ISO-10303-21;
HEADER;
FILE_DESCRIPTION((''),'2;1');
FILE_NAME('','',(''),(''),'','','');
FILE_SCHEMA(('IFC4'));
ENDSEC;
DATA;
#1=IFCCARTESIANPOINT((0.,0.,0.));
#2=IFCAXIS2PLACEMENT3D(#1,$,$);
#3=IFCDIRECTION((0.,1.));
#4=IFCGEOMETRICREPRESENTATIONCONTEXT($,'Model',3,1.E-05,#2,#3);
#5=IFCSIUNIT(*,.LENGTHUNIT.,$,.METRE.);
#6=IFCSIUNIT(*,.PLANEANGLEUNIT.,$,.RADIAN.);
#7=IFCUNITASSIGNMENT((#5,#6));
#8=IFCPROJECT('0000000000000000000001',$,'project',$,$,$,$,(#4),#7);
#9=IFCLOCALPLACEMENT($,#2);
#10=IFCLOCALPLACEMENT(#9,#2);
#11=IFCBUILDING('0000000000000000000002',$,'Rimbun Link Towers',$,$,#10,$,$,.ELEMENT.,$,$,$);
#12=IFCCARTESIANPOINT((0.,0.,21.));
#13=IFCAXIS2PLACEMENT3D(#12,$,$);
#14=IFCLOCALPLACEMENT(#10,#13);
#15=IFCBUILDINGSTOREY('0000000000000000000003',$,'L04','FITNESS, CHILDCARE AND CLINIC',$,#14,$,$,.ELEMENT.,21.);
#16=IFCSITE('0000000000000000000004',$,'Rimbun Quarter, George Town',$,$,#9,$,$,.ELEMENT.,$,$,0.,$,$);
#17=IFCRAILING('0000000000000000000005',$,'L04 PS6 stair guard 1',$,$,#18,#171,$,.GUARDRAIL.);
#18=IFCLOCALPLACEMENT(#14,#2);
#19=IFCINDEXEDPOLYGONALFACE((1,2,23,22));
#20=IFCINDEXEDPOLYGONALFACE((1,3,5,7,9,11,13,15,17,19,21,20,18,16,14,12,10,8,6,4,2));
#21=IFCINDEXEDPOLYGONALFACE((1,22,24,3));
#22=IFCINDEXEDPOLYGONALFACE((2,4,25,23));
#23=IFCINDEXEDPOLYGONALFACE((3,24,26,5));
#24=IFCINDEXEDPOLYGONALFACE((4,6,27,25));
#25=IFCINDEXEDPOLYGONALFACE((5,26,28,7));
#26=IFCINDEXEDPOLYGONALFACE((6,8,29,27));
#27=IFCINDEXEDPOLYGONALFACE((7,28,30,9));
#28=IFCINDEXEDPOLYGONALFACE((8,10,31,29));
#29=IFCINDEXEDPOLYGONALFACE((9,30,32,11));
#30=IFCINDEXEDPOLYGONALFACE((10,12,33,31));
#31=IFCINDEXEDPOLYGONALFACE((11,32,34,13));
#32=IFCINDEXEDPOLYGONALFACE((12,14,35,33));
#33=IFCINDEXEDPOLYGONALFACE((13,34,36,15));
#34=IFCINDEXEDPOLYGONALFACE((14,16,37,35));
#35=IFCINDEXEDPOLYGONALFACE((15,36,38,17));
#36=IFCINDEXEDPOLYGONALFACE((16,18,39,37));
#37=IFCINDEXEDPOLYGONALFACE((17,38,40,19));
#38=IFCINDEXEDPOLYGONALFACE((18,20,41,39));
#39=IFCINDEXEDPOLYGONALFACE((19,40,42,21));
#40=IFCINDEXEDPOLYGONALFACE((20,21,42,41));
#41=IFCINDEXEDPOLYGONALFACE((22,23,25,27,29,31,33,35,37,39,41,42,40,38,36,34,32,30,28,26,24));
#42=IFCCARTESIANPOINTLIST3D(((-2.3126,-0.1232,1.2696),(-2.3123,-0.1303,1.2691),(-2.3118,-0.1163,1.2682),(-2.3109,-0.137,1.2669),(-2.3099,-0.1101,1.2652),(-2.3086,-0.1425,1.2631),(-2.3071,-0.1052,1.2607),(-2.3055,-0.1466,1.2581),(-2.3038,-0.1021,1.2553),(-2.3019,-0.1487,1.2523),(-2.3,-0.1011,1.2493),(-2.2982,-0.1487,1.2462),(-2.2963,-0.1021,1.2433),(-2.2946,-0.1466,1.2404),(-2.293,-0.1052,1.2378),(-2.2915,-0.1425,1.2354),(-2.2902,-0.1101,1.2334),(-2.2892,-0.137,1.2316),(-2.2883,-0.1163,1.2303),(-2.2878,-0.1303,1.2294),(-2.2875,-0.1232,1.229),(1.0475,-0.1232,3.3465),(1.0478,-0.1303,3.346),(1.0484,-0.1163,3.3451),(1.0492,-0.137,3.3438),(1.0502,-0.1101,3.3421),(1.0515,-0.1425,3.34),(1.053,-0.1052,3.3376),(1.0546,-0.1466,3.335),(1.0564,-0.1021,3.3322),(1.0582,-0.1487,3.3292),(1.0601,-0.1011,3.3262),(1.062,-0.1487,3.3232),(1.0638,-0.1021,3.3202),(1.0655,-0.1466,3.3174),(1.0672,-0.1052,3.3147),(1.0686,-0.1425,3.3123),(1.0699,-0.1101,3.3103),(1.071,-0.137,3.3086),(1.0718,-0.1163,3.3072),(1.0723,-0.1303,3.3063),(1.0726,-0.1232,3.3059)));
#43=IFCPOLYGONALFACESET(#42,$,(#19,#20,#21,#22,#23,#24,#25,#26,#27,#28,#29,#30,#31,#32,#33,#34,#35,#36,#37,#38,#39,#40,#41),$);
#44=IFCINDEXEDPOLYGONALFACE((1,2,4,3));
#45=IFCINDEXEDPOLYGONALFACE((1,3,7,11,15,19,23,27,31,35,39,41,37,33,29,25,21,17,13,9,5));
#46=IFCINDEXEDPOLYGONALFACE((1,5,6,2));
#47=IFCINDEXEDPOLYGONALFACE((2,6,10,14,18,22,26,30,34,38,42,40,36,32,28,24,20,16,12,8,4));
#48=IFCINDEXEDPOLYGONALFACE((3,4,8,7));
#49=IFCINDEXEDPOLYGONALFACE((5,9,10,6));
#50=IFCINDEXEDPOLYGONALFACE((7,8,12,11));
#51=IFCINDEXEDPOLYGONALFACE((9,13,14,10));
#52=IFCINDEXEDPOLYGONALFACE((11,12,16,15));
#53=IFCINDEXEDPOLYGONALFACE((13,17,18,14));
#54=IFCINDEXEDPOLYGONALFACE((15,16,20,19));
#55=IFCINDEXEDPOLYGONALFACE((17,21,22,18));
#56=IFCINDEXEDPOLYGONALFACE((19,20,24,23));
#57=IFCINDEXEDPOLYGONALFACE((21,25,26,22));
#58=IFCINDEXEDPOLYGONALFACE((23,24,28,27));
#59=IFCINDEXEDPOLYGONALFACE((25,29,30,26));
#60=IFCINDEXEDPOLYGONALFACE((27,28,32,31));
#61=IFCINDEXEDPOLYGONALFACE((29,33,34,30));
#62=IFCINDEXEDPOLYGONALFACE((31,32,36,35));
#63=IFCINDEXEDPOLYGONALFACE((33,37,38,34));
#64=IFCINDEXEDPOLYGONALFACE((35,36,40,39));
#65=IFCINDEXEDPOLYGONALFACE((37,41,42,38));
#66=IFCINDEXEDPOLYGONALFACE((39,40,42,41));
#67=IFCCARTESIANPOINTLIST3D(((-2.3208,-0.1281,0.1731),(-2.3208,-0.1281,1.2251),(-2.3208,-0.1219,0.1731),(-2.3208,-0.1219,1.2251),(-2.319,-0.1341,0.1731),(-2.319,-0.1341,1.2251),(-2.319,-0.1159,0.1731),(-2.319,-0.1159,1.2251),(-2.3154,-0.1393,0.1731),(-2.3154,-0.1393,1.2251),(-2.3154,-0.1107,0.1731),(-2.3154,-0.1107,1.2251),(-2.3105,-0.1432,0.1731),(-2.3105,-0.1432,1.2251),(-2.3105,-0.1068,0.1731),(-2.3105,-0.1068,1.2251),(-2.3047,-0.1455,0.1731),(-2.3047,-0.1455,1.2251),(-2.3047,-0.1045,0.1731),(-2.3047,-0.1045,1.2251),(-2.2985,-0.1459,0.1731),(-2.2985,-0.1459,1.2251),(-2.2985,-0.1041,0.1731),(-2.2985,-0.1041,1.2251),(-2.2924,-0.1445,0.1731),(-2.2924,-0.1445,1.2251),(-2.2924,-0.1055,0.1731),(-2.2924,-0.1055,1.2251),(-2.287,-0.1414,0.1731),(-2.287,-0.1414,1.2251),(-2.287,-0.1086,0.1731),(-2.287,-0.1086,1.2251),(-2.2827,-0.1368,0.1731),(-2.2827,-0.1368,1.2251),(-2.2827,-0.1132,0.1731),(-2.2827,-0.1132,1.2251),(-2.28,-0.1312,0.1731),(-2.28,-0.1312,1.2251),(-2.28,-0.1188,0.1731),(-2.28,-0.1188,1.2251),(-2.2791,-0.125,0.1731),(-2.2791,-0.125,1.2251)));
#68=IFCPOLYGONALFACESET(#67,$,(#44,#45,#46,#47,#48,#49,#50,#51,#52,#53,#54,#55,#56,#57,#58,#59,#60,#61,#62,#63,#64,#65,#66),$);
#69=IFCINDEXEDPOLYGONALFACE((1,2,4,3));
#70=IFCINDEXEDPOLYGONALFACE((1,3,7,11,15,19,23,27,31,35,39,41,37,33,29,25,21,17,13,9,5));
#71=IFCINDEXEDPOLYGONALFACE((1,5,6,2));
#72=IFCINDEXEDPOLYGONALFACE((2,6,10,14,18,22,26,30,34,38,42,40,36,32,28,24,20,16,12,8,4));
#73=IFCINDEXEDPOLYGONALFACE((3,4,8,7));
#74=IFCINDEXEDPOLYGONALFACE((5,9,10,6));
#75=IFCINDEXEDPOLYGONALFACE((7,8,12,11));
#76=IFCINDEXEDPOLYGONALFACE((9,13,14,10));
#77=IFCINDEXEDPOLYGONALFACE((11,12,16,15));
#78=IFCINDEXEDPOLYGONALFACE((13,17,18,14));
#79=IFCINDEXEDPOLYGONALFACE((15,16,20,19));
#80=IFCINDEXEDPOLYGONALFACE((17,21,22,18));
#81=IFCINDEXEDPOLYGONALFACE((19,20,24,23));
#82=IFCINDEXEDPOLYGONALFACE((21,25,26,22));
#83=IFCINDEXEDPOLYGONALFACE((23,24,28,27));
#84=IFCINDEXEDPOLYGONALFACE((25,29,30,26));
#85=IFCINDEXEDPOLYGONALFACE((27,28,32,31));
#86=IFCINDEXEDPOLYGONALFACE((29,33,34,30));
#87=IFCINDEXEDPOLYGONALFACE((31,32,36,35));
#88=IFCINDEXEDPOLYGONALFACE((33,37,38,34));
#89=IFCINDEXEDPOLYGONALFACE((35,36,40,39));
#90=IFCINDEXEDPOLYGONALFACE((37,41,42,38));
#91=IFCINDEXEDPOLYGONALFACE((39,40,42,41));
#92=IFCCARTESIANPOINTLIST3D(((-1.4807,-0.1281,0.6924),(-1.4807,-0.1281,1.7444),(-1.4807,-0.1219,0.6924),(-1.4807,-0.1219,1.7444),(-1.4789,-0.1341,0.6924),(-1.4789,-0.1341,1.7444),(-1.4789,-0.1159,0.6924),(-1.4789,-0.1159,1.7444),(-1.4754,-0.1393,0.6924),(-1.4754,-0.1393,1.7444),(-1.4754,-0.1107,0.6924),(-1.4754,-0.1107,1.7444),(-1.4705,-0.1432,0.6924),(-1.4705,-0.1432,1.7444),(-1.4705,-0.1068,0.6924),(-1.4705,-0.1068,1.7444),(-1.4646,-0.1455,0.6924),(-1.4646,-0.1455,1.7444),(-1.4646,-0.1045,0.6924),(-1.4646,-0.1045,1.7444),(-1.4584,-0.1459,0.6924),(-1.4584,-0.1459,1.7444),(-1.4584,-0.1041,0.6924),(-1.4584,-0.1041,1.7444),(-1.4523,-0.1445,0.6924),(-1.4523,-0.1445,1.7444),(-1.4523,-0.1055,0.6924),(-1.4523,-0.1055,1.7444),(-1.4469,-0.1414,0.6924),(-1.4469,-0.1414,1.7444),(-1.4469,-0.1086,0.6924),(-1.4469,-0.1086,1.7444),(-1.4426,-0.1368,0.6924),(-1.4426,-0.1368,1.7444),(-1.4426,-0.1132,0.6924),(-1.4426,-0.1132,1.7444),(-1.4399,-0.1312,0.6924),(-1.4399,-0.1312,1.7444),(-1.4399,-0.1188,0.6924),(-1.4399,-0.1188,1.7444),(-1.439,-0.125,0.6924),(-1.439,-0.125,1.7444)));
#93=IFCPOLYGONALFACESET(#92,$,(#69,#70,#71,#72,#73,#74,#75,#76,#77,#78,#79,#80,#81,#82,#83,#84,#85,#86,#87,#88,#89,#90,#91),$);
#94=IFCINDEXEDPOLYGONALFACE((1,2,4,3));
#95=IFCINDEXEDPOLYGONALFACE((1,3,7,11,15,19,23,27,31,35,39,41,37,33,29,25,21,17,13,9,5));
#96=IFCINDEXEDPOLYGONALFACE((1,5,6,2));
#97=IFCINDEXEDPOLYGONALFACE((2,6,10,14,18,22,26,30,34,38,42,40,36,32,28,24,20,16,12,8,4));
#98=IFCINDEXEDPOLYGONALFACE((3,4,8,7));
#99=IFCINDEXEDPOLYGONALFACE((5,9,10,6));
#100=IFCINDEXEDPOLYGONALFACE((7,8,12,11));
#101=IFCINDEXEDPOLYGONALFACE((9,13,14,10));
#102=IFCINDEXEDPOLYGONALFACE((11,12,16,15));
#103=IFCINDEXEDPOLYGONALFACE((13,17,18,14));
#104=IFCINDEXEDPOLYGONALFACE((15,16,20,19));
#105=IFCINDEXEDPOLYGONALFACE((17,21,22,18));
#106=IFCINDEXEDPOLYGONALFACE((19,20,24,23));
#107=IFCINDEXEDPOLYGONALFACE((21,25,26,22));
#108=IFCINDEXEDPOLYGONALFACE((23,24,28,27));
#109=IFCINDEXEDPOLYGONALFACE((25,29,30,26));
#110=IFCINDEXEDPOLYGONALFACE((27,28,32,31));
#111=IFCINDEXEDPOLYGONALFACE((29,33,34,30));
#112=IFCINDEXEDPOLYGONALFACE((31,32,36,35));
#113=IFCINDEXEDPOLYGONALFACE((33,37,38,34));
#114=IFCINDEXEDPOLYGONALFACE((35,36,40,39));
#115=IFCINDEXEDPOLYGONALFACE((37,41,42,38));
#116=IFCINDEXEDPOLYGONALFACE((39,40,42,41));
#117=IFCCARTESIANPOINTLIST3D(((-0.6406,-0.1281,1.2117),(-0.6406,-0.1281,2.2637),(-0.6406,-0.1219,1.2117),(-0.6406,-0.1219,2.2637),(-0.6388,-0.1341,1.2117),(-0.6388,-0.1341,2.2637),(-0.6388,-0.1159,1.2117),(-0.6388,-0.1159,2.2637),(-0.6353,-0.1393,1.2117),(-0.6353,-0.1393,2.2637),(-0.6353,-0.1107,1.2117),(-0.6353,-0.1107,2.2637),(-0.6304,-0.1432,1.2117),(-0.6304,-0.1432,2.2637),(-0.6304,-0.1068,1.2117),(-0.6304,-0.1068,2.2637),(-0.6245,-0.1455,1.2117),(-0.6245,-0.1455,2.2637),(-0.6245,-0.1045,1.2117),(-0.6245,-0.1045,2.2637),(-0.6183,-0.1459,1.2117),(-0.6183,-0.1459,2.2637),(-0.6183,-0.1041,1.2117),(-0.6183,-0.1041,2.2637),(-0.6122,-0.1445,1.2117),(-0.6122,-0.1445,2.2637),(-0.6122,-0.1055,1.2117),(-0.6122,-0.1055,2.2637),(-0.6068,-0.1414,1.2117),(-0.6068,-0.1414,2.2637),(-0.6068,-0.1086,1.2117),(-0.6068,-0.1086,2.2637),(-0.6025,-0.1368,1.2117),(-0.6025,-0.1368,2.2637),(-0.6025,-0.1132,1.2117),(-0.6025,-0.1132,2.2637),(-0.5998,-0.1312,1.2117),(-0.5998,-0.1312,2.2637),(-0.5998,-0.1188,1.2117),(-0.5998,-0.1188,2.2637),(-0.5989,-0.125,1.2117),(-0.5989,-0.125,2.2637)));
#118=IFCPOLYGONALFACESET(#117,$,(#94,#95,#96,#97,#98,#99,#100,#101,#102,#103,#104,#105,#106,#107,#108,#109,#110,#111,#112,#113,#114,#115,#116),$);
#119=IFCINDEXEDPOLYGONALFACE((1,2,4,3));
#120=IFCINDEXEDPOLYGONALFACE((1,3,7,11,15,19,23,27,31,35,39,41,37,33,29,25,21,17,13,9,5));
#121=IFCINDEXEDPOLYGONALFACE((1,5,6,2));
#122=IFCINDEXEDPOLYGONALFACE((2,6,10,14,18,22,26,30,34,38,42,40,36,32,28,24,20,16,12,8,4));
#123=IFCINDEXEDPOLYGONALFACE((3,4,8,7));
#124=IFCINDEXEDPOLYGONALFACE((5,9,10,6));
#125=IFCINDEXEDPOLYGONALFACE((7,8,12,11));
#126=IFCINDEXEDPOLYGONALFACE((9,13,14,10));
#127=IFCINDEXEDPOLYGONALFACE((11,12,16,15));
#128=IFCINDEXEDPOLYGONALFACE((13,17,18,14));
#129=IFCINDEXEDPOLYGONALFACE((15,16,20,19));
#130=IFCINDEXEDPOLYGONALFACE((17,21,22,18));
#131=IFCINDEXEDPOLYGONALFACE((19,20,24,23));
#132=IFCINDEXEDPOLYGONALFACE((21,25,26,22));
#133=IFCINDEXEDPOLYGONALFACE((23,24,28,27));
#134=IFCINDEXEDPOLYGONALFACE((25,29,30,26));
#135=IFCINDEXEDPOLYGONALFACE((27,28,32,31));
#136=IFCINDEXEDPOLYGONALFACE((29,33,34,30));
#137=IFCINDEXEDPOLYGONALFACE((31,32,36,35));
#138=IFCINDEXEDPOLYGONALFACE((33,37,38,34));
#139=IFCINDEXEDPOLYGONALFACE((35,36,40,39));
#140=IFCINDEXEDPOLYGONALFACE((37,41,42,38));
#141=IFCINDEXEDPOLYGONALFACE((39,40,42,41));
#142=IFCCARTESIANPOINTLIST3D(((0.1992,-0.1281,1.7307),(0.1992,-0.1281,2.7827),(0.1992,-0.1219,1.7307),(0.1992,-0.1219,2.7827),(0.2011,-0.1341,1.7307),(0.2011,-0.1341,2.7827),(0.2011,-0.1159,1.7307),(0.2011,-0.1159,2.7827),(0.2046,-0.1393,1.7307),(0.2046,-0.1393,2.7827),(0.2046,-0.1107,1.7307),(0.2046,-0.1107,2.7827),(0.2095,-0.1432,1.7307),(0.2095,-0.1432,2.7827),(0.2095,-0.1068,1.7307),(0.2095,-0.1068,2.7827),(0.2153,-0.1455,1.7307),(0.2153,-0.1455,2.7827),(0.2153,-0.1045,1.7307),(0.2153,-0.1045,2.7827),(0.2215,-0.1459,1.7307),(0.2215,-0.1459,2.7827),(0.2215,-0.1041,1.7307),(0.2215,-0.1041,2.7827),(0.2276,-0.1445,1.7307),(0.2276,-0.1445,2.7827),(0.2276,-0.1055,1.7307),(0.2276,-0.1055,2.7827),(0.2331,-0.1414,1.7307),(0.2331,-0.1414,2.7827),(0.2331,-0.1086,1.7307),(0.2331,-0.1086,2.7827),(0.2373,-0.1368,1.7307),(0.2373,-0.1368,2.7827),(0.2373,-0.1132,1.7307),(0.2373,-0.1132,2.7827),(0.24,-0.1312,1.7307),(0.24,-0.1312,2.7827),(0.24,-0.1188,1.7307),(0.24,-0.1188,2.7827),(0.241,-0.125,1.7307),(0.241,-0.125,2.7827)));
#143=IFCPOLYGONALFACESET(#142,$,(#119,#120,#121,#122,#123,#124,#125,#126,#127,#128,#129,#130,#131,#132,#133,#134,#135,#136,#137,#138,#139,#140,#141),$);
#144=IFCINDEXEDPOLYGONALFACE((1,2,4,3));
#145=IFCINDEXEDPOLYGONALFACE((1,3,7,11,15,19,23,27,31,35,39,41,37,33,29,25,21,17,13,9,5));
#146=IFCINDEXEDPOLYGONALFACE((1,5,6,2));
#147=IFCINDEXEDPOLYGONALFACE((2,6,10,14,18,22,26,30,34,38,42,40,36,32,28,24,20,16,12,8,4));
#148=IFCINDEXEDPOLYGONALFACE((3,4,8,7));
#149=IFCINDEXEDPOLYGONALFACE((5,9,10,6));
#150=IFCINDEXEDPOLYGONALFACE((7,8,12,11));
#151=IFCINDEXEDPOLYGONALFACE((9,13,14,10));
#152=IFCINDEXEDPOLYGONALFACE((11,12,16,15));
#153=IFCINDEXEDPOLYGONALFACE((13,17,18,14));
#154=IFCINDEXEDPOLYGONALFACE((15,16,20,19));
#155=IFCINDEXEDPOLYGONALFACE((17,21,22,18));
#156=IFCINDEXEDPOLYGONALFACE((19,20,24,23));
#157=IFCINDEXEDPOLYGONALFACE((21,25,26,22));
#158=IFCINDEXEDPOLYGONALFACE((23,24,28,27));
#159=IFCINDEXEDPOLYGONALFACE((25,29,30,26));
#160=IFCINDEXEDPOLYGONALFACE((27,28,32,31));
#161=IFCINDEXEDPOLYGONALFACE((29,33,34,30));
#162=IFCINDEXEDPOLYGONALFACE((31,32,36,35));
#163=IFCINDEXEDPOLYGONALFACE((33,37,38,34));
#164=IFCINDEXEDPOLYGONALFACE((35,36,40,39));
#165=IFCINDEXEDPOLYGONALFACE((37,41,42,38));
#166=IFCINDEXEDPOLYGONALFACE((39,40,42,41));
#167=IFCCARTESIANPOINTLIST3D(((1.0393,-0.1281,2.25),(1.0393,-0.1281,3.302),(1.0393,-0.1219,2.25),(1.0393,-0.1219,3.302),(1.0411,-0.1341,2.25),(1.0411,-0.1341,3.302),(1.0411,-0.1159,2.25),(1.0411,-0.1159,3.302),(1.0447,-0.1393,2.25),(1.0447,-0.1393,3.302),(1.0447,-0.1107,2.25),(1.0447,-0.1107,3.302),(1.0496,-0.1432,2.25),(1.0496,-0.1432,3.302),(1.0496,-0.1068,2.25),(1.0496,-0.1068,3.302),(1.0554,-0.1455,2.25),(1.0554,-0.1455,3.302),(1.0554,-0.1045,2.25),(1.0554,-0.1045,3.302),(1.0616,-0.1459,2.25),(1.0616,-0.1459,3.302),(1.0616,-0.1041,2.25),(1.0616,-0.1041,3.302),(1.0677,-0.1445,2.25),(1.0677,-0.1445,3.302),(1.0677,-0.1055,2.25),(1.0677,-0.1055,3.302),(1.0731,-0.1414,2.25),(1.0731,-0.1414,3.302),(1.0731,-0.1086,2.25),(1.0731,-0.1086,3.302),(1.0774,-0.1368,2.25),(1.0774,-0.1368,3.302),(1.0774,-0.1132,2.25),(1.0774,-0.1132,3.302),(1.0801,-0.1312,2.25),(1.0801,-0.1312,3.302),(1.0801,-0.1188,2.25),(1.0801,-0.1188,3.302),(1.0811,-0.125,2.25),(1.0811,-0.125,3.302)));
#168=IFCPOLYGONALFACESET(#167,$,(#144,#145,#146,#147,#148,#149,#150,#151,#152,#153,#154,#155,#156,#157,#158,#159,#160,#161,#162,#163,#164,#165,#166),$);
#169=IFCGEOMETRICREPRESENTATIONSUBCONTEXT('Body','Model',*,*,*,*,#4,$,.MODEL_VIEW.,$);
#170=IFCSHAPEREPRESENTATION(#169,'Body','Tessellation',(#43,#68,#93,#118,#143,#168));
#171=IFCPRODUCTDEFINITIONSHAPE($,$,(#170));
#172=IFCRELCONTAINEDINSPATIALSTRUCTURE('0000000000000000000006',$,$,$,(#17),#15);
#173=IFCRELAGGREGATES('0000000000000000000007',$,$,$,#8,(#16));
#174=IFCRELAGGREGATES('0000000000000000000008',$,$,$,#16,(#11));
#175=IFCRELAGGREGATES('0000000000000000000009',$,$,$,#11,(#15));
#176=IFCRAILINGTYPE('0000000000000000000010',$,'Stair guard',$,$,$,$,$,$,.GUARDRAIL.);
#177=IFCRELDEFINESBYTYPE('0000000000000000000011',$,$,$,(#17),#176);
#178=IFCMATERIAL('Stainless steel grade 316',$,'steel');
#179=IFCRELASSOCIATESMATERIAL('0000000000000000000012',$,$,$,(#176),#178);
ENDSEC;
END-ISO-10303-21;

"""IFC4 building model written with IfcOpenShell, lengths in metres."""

from ifc_helpers import new_model, si_unit, direction, frame, origin, origin_2d, place, context, subcontext, project, spatial, circle, extrude, material, type_object, element, save


model = new_model("IFC4")

# Units and contexts
model_context = context("Model", 3, precision=1e-05, world=origin(), true_north=direction((0.0, 1.0)))
body_context = subcontext(model_context, "Body", "Model", "MODEL_VIEW")
ifc_project = project(units=[si_unit("LENGTHUNIT", "METRE"), si_unit("PLANEANGLEUNIT", "RADIAN")], contexts=[model_context])

# Site, building, storey
site_placement = place(None, origin())
site = spatial("IfcSite", under=ifc_project, at=site_placement, Name="Rimbun Quarter, George Town", CompositionType="ELEMENT", RefElevation=0.0)
building_placement = place(site_placement, origin())
building = spatial("IfcBuilding", under=site, at=building_placement, Name="Rimbun Link Towers", CompositionType="ELEMENT")
storey_placement = place(building_placement, frame((0.0, 0.0, 21.0)))
storey = spatial("IfcBuildingStorey", under=building, at=storey_placement, Name="L04", Description="FITNESS, CHILDCARE AND CLINIC", CompositionType="ELEMENT", Elevation=21.0)

# Railing
ifc_material_1 = material(Name="Stainless steel grade 316", Category="steel")
railing_type_1 = type_object("IfcRailingType", Name="Stair guard", PredefinedType="GUARDRAIL", material=ifc_material_1)
railing_1_placement = place(storey_placement, frame((-2.3, -0.125, 0.1731)))
element("IfcRailing", 1, at=railing_1_placement, inside=storey, type_object=railing_type_1, Name="L04 PS6 stair guard 1", PredefinedType="GUARDRAIL", context=body_context, shape_type="SweptSolid", body=[
    extrude(circle(Radius=0.0239, at=origin_2d()), frame((0.0, 0.0, 1.0762), z_axis=(0.850623, 0.0, 0.525776), x_axis=(0.0, 1.0, 0.0)), (0.0, 0.0, 1.0), 3.9502),
    extrude(circle(Radius=0.021, at=origin_2d()), origin(), (0.0, 0.0, 1.0), 1.052),
    extrude(circle(Radius=0.021, at=origin_2d()), frame((0.8401, 0.0, 0.5193)), (0.0, 0.0, 1.0), 1.052),
    extrude(circle(Radius=0.021, at=origin_2d()), frame((1.6802, 0.0, 1.0386)), (0.0, 0.0, 1.0), 1.052),
    extrude(circle(Radius=0.021, at=origin_2d()), frame((2.52, 0.0, 1.5576)), (0.0, 0.0, 1.0), 1.052),
    extrude(circle(Radius=0.021, at=origin_2d()), frame((3.3601, 0.0, 2.0769)), (0.0, 0.0, 1.0), 1.052),
])

save(model, "model.ifc")
